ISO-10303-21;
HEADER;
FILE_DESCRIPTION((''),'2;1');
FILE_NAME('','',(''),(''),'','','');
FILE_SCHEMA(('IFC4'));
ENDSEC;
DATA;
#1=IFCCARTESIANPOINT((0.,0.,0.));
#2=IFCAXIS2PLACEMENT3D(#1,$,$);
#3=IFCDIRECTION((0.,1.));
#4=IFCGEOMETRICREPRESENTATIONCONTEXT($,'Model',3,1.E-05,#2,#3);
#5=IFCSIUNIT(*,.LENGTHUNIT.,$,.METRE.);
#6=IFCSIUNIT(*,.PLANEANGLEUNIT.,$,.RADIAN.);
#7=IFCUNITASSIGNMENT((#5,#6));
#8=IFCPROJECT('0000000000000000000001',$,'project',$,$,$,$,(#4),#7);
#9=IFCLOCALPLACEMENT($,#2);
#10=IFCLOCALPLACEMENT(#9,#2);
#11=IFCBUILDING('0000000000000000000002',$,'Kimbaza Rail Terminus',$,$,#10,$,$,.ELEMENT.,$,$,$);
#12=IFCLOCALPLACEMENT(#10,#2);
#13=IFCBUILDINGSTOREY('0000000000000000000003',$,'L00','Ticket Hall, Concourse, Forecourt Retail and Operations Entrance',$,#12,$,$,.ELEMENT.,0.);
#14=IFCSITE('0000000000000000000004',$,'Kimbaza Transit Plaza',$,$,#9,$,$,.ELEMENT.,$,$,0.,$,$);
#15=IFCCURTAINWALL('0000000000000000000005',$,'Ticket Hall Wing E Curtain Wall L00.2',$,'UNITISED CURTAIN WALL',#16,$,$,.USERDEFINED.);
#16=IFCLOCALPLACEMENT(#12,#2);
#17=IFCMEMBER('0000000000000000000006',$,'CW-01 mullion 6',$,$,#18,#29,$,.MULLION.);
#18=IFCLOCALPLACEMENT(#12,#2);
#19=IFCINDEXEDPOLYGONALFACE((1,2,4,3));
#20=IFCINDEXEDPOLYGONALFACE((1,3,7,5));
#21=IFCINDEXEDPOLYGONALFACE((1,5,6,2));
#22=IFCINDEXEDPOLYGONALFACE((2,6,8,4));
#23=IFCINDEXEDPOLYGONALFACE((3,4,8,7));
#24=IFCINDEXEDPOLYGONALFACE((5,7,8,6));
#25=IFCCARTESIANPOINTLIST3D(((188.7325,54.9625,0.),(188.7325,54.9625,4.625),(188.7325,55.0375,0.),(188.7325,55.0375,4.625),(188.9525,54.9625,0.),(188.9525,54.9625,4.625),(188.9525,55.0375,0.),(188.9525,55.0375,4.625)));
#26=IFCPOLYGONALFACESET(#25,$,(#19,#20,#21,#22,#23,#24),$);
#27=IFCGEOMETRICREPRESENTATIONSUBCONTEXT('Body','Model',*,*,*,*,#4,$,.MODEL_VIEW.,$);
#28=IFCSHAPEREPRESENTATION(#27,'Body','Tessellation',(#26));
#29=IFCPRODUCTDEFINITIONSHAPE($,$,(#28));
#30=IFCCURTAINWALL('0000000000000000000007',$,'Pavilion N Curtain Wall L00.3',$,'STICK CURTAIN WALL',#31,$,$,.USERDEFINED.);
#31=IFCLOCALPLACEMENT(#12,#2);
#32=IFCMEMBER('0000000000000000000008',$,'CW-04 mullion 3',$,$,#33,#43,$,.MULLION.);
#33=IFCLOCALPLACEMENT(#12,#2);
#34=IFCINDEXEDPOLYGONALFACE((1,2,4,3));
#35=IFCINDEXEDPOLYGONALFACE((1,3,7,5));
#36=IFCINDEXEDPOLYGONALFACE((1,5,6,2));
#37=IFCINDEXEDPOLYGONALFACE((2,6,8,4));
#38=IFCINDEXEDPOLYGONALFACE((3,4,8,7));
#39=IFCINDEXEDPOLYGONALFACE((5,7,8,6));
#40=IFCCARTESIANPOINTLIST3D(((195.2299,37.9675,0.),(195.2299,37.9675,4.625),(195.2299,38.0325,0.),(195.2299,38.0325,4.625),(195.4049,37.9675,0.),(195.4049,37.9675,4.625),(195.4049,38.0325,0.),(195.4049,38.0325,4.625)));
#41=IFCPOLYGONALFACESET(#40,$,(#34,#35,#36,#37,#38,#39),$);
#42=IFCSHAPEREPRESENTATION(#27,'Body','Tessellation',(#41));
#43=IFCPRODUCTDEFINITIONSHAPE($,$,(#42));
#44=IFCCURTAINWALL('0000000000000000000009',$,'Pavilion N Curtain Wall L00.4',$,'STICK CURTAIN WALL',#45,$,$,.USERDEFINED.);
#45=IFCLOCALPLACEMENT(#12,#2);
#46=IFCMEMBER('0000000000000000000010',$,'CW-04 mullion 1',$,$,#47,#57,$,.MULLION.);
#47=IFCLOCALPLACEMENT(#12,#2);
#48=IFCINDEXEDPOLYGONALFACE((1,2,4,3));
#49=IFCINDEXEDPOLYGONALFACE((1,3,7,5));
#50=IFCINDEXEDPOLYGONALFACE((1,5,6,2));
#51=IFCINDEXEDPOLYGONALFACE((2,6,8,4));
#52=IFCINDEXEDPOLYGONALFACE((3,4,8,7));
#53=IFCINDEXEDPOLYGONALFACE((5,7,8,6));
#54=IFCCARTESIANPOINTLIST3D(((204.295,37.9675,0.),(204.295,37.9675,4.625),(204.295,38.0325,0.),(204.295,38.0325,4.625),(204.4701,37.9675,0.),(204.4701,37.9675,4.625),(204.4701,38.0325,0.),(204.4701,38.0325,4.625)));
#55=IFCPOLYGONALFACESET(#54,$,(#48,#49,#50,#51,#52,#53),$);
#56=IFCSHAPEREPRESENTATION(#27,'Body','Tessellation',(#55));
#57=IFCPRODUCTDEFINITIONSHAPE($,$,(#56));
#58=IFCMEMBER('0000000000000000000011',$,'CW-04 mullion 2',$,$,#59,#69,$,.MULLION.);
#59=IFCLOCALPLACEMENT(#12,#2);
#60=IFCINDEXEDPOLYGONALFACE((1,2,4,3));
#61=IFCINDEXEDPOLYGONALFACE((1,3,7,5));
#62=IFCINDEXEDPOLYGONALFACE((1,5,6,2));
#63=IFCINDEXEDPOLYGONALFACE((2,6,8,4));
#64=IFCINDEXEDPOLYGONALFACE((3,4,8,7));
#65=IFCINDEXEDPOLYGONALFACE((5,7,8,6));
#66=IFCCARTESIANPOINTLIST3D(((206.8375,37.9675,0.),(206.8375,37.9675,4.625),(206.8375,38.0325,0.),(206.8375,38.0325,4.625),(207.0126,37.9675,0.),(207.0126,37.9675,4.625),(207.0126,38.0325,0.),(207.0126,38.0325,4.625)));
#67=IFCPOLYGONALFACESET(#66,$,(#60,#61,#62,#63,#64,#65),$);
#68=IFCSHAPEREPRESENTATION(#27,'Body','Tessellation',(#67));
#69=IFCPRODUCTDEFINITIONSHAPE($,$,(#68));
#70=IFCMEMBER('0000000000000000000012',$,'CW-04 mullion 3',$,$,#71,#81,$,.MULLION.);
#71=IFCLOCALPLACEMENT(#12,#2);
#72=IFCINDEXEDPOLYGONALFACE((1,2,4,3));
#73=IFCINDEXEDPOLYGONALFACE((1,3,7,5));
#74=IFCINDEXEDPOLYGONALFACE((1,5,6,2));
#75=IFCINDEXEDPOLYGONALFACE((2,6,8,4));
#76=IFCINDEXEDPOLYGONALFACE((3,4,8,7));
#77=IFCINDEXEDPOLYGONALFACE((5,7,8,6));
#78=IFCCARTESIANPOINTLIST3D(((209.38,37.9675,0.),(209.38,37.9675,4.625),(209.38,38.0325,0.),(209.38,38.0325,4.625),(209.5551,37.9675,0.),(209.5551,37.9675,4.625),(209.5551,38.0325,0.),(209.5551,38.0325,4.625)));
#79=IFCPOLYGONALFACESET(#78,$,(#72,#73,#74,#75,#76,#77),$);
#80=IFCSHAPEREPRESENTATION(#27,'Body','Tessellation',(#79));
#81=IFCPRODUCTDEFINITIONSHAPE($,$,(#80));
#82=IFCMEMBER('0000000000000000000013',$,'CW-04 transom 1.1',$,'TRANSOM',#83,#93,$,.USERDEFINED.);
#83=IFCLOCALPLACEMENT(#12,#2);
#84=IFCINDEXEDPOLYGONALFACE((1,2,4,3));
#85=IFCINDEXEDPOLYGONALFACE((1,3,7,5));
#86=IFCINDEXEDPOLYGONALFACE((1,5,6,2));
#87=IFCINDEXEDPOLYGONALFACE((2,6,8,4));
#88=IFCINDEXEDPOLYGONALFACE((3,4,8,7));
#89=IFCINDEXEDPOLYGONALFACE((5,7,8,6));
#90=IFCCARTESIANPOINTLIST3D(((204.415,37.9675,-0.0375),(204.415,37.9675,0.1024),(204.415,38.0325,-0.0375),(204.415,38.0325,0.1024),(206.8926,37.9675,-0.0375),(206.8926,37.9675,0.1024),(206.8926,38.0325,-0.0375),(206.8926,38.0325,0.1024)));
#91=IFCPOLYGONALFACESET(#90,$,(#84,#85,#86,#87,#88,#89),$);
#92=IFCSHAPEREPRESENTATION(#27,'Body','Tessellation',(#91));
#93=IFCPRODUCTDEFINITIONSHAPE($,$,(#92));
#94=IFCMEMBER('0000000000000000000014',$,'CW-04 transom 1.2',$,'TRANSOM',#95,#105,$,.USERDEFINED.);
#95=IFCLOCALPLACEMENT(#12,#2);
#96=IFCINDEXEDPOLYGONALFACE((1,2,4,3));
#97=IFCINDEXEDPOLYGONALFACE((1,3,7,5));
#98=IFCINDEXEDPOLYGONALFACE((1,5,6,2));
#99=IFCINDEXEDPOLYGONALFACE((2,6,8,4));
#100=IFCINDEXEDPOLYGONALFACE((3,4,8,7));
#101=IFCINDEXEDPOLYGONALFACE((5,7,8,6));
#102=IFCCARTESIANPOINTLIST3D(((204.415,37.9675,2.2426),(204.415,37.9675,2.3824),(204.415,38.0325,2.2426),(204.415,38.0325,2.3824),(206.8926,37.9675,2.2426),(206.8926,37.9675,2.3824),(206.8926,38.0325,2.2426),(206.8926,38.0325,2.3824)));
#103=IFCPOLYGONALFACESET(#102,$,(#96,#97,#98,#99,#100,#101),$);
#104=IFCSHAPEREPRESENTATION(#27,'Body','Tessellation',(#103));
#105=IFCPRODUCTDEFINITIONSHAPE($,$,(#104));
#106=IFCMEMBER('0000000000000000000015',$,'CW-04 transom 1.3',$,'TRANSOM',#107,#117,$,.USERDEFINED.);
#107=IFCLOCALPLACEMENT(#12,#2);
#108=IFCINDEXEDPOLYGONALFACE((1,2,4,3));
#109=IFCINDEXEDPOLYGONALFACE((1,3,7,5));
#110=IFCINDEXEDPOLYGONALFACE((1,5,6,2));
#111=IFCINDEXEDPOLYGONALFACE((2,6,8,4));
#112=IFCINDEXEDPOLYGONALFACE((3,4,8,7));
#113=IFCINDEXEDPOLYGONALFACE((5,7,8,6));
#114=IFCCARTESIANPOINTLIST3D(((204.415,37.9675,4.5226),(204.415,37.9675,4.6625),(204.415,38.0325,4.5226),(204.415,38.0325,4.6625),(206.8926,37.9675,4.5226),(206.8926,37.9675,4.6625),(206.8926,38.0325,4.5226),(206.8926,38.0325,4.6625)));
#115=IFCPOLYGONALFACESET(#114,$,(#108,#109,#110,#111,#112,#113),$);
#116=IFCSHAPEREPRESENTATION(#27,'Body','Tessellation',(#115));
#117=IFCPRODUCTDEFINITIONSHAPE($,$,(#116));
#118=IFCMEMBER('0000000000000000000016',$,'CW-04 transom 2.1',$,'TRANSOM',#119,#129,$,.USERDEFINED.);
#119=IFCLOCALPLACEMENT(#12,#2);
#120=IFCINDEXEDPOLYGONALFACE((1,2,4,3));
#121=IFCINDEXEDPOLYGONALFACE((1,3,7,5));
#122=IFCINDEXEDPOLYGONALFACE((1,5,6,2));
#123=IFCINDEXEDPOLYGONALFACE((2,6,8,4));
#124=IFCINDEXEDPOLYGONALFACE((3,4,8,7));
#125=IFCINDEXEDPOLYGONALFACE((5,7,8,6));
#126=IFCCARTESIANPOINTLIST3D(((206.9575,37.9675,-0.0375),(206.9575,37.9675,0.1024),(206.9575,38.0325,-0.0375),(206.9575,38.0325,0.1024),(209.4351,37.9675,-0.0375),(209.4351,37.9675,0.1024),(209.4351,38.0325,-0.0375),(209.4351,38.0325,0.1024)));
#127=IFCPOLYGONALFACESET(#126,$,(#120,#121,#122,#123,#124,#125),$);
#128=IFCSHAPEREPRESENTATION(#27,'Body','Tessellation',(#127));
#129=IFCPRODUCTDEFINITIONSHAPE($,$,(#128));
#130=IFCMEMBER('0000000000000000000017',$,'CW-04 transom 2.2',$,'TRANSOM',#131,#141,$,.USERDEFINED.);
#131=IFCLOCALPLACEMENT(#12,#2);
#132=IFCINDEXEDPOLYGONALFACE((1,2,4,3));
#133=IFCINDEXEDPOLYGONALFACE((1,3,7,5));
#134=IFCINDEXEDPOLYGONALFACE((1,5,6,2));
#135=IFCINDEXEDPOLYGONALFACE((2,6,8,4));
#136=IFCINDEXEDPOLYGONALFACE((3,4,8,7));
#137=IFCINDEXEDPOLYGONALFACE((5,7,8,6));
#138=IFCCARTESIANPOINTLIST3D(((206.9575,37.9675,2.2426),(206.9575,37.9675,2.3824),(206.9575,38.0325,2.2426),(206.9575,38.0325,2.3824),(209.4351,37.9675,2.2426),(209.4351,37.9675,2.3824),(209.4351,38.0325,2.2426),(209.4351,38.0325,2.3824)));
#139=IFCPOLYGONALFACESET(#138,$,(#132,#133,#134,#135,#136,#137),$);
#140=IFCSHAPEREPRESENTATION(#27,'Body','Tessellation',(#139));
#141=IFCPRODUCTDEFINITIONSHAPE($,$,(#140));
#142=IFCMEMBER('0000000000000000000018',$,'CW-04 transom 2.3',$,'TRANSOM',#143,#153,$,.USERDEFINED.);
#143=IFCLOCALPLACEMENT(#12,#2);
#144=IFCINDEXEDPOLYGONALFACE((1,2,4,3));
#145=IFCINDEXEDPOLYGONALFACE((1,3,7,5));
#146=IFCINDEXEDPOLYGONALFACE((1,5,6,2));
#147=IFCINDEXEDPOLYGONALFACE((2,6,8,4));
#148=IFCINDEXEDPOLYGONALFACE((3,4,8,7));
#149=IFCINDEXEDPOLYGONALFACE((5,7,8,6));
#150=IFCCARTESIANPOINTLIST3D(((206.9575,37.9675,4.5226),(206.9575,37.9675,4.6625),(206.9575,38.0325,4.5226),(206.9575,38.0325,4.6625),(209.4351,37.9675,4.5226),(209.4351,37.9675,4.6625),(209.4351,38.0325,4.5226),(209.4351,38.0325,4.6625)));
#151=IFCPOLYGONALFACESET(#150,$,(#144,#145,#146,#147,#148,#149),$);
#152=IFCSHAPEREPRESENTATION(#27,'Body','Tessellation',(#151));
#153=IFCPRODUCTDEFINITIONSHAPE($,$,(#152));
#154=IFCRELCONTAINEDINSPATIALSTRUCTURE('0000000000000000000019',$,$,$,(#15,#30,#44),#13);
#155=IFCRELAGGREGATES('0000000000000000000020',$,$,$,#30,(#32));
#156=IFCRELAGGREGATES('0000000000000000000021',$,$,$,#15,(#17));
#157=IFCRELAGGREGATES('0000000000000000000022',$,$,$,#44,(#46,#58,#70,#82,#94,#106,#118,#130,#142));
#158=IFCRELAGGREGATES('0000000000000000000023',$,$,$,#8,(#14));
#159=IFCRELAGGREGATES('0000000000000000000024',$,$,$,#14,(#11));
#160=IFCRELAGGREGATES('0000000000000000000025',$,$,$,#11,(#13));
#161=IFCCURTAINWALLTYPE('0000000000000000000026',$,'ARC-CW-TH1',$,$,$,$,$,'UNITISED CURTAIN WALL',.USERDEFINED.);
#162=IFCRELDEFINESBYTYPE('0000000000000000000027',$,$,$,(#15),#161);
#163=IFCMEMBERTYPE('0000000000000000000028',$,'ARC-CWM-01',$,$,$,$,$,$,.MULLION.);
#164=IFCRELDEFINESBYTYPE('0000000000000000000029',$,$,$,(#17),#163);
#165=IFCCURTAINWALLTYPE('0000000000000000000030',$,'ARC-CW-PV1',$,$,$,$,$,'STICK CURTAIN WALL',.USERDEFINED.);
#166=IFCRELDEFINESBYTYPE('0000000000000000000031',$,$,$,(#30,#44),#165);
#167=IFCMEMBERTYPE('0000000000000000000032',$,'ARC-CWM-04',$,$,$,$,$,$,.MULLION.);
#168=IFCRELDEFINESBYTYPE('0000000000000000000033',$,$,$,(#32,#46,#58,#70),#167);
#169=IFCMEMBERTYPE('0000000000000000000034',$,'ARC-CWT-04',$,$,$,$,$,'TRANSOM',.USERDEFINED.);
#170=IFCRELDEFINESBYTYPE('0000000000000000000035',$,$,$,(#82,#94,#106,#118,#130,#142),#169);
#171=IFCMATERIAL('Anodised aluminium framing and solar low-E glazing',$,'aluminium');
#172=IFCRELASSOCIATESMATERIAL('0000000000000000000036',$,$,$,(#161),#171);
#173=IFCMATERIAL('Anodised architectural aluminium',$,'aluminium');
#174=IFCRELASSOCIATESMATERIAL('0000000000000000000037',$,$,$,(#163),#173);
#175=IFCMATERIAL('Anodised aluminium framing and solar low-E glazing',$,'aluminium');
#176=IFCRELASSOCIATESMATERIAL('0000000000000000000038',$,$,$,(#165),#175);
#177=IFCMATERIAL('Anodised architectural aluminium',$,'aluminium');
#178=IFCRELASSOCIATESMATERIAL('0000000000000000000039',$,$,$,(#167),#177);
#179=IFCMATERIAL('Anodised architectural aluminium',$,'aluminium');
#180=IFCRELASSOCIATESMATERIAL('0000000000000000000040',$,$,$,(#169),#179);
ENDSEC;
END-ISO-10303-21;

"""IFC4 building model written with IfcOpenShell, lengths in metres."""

from ifc_helpers import new_model, si_unit, direction, frame, origin, origin_2d, place, context, subcontext, project, spatial, rectangle, extrude, material, material_profile, profile_set, type_object, element, aggregate, save


model = new_model("IFC4")

# Units and contexts
model_context = context("Model", 3, precision=1e-05, world=origin(), true_north=direction((0.0, 1.0)))
body_context = subcontext(model_context, "Body", "Model", "MODEL_VIEW")
ifc_project = project(units=[si_unit("LENGTHUNIT", "METRE"), si_unit("PLANEANGLEUNIT", "RADIAN")], contexts=[model_context])

# Site, building, storey
site_placement = place(None, origin())
site = spatial("IfcSite", under=ifc_project, at=site_placement, Name="Kimbaza Transit Plaza", CompositionType="ELEMENT", RefElevation=0.0)
building_placement = place(site_placement, origin())
building = spatial("IfcBuilding", under=site, at=building_placement, Name="Kimbaza Rail Terminus", CompositionType="ELEMENT")
storey_placement = place(building_placement, origin())
storey = spatial("IfcBuildingStorey", under=building, at=storey_placement, Name="L00", Description="Ticket Hall, Concourse, Forecourt Retail and Operations Entrance", CompositionType="ELEMENT", Elevation=0.0)

# Curtain walls, members
ifc_material_1 = material(Name="Anodised aluminium framing and solar low-E glazing", Category="aluminium")
curtain_wall_type_1 = type_object("IfcCurtainWallType", Name="ARC-CW-TH1", ElementType="UNITISED CURTAIN WALL", PredefinedType="USERDEFINED", material=ifc_material_1)
curtain_wall_1_placement = place(storey_placement, origin())
curtain_wall_1 = element("IfcCurtainWall", 1, at=curtain_wall_1_placement, inside=storey, type_object=curtain_wall_type_1, Name="Ticket Hall Wing E Curtain Wall L00.2", ObjectType="UNITISED CURTAIN WALL", PredefinedType="USERDEFINED")
ifc_material_2 = material(Name="Anodised architectural aluminium", Category="aluminium")
ifc_material_profile_1 = material_profile(ifc_material_2, rectangle(XDim=0.075, YDim=0.22, at=origin_2d()), Name="MULLION 75x220")
ifc_profile_set_1 = profile_set([ifc_material_profile_1], Name="Anodised architectural aluminium")
member_type_1 = type_object("IfcMemberType", Name="ARC-CWM-01", PredefinedType="MULLION", material=ifc_profile_set_1)
member_1_placement = place(storey_placement, frame((188.8425, 55.0, 0.0), z_axis=(0.0, 0.0, 1.0), x_axis=(0.0, 1.0, 0.0)))
member_1 = element("IfcMember", 2, at=member_1_placement, type_object=member_type_1, Name="CW-01 mullion 6", PredefinedType="MULLION", context=body_context, shape_type="SweptSolid", body=[
    extrude(rectangle(XDim=0.075, YDim=0.22, at=origin_2d()), origin(), (0.0, 0.0, 1.0), 4.625),
])
ifc_material_3 = material(Name="Anodised aluminium framing and solar low-E glazing", Category="aluminium")
curtain_wall_type_2 = type_object("IfcCurtainWallType", Name="ARC-CW-PV1", ElementType="STICK CURTAIN WALL", PredefinedType="USERDEFINED", material=ifc_material_3)
curtain_wall_2_placement = place(storey_placement, origin())
curtain_wall_2 = element("IfcCurtainWall", 3, at=curtain_wall_2_placement, inside=storey, type_object=curtain_wall_type_2, Name="Pavilion N Curtain Wall L00.3", ObjectType="STICK CURTAIN WALL", PredefinedType="USERDEFINED")
ifc_material_4 = material(Name="Anodised architectural aluminium", Category="aluminium")
ifc_material_profile_2 = material_profile(ifc_material_4, rectangle(XDim=0.0649, YDim=0.175, at=origin_2d()), Name="MULLION 65x175")
ifc_profile_set_2 = profile_set([ifc_material_profile_2], Name="Anodised architectural aluminium")
member_type_2 = type_object("IfcMemberType", Name="ARC-CWM-04", PredefinedType="MULLION", material=ifc_profile_set_2)
member_2_placement = place(storey_placement, frame((195.3174, 38.0, 0.0), z_axis=(0.0, 0.0, 1.0), x_axis=(0.0, 1.0, 0.0)))
member_2 = element("IfcMember", 4, at=member_2_placement, type_object=member_type_2, Name="CW-04 mullion 3", PredefinedType="MULLION", context=body_context, shape_type="SweptSolid", body=[
    extrude(rectangle(XDim=0.0649, YDim=0.175, at=origin_2d()), origin(), (0.0, 0.0, 1.0), 4.625),
])
aggregate(curtain_wall_2, [member_2])

# Curtain wall, members
curtain_wall_3_placement = place(storey_placement, origin())
curtain_wall_3 = element("IfcCurtainWall", 5, at=curtain_wall_3_placement, inside=storey, type_object=curtain_wall_type_2, Name="Pavilion N Curtain Wall L00.4", ObjectType="STICK CURTAIN WALL", PredefinedType="USERDEFINED")
member_3_placement = place(storey_placement, frame((204.3826, 38.0, 0.0), z_axis=(0.0, 0.0, 1.0), x_axis=(0.0, 1.0, 0.0)))
member_3 = element("IfcMember", 6, at=member_3_placement, type_object=member_type_2, Name="CW-04 mullion 1", PredefinedType="MULLION", context=body_context, shape_type="SweptSolid", body=[
    extrude(rectangle(XDim=0.0649, YDim=0.175, at=origin_2d()), origin(), (0.0, 0.0, 1.0), 4.625),
])
member_4_placement = place(storey_placement, frame((206.925, 38.0, 0.0), z_axis=(0.0, 0.0, 1.0), x_axis=(0.0, 1.0, 0.0)))
member_4 = element("IfcMember", 7, at=member_4_placement, type_object=member_type_2, Name="CW-04 mullion 2", PredefinedType="MULLION", context=body_context, shape_type="SweptSolid", body=[
    extrude(rectangle(XDim=0.0649, YDim=0.175, at=origin_2d()), origin(), (0.0, 0.0, 1.0), 4.625),
])
member_5_placement = place(storey_placement, frame((209.4675, 38.0, 0.0), z_axis=(0.0, 0.0, 1.0), x_axis=(0.0, 1.0, 0.0)))
member_5 = element("IfcMember", 8, at=member_5_placement, type_object=member_type_2, Name="CW-04 mullion 3", PredefinedType="MULLION", context=body_context, shape_type="SweptSolid", body=[
    extrude(rectangle(XDim=0.0649, YDim=0.175, at=origin_2d()), origin(), (0.0, 0.0, 1.0), 4.625),
])
ifc_material_5 = material(Name="Anodised architectural aluminium", Category="aluminium")
ifc_material_profile_3 = material_profile(ifc_material_5, rectangle(XDim=0.0649, YDim=0.1399, at=origin_2d()), Name="TRANSOM 65x140")
ifc_profile_set_3 = profile_set([ifc_material_profile_3], Name="Anodised architectural aluminium")
member_type_3 = type_object("IfcMemberType", Name="ARC-CWT-04", ElementType="TRANSOM", PredefinedType="USERDEFINED", material=ifc_profile_set_3)
member_6_placement = place(storey_placement, frame((204.415, 38.0, 0.0325), z_axis=(1.0, 0.0, 0.0), x_axis=(0.0, 1.0, 0.0)))
member_6 = element("IfcMember", 9, at=member_6_placement, type_object=member_type_3, Name="CW-04 transom 1.1", ObjectType="TRANSOM", PredefinedType="USERDEFINED", context=body_context, shape_type="SweptSolid", body=[
    extrude(rectangle(XDim=0.0649, YDim=0.1399, at=origin_2d()), origin(), (0.0, 0.0, 1.0), 2.4775),
])
member_7_placement = place(storey_placement, frame((204.415, 38.0, 2.3125), z_axis=(1.0, 0.0, 0.0), x_axis=(0.0, 1.0, 0.0)))
member_7 = element("IfcMember", 10, at=member_7_placement, type_object=member_type_3, Name="CW-04 transom 1.2", ObjectType="TRANSOM", PredefinedType="USERDEFINED", context=body_context, shape_type="SweptSolid", body=[
    extrude(rectangle(XDim=0.0649, YDim=0.1399, at=origin_2d()), origin(), (0.0, 0.0, 1.0), 2.4775),
])
member_8_placement = place(storey_placement, frame((204.415, 38.0, 4.5925), z_axis=(1.0, 0.0, 0.0), x_axis=(0.0, 1.0, 0.0)))
member_8 = element("IfcMember", 11, at=member_8_placement, type_object=member_type_3, Name="CW-04 transom 1.3", ObjectType="TRANSOM", PredefinedType="USERDEFINED", context=body_context, shape_type="SweptSolid", body=[
    extrude(rectangle(XDim=0.0649, YDim=0.1399, at=origin_2d()), origin(), (0.0, 0.0, 1.0), 2.4775),
])
member_9_placement = place(storey_placement, frame((206.9575, 38.0, 0.0325), z_axis=(1.0, 0.0, 0.0), x_axis=(0.0, 1.0, 0.0)))
member_9 = element("IfcMember", 12, at=member_9_placement, type_object=member_type_3, Name="CW-04 transom 2.1", ObjectType="TRANSOM", PredefinedType="USERDEFINED", context=body_context, shape_type="SweptSolid", body=[
    extrude(rectangle(XDim=0.0649, YDim=0.1399, at=origin_2d()), origin(), (0.0, 0.0, 1.0), 2.4775),
])
member_10_placement = place(storey_placement, frame((206.9575, 38.0, 2.3125), z_axis=(1.0, 0.0, 0.0), x_axis=(0.0, 1.0, 0.0)))
member_10 = element("IfcMember", 13, at=member_10_placement, type_object=member_type_3, Name="CW-04 transom 2.2", ObjectType="TRANSOM", PredefinedType="USERDEFINED", context=body_context, shape_type="SweptSolid", body=[
    extrude(rectangle(XDim=0.0649, YDim=0.1399, at=origin_2d()), origin(), (0.0, 0.0, 1.0), 2.4775),
])
member_11_placement = place(storey_placement, frame((206.9575, 38.0, 4.5925), z_axis=(1.0, 0.0, 0.0), x_axis=(0.0, 1.0, 0.0)))
member_11 = element("IfcMember", 14, at=member_11_placement, type_object=member_type_3, Name="CW-04 transom 2.3", ObjectType="TRANSOM", PredefinedType="USERDEFINED", context=body_context, shape_type="SweptSolid", body=[
    extrude(rectangle(XDim=0.0649, YDim=0.1399, at=origin_2d()), origin(), (0.0, 0.0, 1.0), 2.4775),
])

aggregate(curtain_wall_1, [member_1])
aggregate(curtain_wall_3, [member_3, member_4, member_5, member_6, member_7, member_8, member_9, member_10, member_11])

save(model, "model.ifc")
